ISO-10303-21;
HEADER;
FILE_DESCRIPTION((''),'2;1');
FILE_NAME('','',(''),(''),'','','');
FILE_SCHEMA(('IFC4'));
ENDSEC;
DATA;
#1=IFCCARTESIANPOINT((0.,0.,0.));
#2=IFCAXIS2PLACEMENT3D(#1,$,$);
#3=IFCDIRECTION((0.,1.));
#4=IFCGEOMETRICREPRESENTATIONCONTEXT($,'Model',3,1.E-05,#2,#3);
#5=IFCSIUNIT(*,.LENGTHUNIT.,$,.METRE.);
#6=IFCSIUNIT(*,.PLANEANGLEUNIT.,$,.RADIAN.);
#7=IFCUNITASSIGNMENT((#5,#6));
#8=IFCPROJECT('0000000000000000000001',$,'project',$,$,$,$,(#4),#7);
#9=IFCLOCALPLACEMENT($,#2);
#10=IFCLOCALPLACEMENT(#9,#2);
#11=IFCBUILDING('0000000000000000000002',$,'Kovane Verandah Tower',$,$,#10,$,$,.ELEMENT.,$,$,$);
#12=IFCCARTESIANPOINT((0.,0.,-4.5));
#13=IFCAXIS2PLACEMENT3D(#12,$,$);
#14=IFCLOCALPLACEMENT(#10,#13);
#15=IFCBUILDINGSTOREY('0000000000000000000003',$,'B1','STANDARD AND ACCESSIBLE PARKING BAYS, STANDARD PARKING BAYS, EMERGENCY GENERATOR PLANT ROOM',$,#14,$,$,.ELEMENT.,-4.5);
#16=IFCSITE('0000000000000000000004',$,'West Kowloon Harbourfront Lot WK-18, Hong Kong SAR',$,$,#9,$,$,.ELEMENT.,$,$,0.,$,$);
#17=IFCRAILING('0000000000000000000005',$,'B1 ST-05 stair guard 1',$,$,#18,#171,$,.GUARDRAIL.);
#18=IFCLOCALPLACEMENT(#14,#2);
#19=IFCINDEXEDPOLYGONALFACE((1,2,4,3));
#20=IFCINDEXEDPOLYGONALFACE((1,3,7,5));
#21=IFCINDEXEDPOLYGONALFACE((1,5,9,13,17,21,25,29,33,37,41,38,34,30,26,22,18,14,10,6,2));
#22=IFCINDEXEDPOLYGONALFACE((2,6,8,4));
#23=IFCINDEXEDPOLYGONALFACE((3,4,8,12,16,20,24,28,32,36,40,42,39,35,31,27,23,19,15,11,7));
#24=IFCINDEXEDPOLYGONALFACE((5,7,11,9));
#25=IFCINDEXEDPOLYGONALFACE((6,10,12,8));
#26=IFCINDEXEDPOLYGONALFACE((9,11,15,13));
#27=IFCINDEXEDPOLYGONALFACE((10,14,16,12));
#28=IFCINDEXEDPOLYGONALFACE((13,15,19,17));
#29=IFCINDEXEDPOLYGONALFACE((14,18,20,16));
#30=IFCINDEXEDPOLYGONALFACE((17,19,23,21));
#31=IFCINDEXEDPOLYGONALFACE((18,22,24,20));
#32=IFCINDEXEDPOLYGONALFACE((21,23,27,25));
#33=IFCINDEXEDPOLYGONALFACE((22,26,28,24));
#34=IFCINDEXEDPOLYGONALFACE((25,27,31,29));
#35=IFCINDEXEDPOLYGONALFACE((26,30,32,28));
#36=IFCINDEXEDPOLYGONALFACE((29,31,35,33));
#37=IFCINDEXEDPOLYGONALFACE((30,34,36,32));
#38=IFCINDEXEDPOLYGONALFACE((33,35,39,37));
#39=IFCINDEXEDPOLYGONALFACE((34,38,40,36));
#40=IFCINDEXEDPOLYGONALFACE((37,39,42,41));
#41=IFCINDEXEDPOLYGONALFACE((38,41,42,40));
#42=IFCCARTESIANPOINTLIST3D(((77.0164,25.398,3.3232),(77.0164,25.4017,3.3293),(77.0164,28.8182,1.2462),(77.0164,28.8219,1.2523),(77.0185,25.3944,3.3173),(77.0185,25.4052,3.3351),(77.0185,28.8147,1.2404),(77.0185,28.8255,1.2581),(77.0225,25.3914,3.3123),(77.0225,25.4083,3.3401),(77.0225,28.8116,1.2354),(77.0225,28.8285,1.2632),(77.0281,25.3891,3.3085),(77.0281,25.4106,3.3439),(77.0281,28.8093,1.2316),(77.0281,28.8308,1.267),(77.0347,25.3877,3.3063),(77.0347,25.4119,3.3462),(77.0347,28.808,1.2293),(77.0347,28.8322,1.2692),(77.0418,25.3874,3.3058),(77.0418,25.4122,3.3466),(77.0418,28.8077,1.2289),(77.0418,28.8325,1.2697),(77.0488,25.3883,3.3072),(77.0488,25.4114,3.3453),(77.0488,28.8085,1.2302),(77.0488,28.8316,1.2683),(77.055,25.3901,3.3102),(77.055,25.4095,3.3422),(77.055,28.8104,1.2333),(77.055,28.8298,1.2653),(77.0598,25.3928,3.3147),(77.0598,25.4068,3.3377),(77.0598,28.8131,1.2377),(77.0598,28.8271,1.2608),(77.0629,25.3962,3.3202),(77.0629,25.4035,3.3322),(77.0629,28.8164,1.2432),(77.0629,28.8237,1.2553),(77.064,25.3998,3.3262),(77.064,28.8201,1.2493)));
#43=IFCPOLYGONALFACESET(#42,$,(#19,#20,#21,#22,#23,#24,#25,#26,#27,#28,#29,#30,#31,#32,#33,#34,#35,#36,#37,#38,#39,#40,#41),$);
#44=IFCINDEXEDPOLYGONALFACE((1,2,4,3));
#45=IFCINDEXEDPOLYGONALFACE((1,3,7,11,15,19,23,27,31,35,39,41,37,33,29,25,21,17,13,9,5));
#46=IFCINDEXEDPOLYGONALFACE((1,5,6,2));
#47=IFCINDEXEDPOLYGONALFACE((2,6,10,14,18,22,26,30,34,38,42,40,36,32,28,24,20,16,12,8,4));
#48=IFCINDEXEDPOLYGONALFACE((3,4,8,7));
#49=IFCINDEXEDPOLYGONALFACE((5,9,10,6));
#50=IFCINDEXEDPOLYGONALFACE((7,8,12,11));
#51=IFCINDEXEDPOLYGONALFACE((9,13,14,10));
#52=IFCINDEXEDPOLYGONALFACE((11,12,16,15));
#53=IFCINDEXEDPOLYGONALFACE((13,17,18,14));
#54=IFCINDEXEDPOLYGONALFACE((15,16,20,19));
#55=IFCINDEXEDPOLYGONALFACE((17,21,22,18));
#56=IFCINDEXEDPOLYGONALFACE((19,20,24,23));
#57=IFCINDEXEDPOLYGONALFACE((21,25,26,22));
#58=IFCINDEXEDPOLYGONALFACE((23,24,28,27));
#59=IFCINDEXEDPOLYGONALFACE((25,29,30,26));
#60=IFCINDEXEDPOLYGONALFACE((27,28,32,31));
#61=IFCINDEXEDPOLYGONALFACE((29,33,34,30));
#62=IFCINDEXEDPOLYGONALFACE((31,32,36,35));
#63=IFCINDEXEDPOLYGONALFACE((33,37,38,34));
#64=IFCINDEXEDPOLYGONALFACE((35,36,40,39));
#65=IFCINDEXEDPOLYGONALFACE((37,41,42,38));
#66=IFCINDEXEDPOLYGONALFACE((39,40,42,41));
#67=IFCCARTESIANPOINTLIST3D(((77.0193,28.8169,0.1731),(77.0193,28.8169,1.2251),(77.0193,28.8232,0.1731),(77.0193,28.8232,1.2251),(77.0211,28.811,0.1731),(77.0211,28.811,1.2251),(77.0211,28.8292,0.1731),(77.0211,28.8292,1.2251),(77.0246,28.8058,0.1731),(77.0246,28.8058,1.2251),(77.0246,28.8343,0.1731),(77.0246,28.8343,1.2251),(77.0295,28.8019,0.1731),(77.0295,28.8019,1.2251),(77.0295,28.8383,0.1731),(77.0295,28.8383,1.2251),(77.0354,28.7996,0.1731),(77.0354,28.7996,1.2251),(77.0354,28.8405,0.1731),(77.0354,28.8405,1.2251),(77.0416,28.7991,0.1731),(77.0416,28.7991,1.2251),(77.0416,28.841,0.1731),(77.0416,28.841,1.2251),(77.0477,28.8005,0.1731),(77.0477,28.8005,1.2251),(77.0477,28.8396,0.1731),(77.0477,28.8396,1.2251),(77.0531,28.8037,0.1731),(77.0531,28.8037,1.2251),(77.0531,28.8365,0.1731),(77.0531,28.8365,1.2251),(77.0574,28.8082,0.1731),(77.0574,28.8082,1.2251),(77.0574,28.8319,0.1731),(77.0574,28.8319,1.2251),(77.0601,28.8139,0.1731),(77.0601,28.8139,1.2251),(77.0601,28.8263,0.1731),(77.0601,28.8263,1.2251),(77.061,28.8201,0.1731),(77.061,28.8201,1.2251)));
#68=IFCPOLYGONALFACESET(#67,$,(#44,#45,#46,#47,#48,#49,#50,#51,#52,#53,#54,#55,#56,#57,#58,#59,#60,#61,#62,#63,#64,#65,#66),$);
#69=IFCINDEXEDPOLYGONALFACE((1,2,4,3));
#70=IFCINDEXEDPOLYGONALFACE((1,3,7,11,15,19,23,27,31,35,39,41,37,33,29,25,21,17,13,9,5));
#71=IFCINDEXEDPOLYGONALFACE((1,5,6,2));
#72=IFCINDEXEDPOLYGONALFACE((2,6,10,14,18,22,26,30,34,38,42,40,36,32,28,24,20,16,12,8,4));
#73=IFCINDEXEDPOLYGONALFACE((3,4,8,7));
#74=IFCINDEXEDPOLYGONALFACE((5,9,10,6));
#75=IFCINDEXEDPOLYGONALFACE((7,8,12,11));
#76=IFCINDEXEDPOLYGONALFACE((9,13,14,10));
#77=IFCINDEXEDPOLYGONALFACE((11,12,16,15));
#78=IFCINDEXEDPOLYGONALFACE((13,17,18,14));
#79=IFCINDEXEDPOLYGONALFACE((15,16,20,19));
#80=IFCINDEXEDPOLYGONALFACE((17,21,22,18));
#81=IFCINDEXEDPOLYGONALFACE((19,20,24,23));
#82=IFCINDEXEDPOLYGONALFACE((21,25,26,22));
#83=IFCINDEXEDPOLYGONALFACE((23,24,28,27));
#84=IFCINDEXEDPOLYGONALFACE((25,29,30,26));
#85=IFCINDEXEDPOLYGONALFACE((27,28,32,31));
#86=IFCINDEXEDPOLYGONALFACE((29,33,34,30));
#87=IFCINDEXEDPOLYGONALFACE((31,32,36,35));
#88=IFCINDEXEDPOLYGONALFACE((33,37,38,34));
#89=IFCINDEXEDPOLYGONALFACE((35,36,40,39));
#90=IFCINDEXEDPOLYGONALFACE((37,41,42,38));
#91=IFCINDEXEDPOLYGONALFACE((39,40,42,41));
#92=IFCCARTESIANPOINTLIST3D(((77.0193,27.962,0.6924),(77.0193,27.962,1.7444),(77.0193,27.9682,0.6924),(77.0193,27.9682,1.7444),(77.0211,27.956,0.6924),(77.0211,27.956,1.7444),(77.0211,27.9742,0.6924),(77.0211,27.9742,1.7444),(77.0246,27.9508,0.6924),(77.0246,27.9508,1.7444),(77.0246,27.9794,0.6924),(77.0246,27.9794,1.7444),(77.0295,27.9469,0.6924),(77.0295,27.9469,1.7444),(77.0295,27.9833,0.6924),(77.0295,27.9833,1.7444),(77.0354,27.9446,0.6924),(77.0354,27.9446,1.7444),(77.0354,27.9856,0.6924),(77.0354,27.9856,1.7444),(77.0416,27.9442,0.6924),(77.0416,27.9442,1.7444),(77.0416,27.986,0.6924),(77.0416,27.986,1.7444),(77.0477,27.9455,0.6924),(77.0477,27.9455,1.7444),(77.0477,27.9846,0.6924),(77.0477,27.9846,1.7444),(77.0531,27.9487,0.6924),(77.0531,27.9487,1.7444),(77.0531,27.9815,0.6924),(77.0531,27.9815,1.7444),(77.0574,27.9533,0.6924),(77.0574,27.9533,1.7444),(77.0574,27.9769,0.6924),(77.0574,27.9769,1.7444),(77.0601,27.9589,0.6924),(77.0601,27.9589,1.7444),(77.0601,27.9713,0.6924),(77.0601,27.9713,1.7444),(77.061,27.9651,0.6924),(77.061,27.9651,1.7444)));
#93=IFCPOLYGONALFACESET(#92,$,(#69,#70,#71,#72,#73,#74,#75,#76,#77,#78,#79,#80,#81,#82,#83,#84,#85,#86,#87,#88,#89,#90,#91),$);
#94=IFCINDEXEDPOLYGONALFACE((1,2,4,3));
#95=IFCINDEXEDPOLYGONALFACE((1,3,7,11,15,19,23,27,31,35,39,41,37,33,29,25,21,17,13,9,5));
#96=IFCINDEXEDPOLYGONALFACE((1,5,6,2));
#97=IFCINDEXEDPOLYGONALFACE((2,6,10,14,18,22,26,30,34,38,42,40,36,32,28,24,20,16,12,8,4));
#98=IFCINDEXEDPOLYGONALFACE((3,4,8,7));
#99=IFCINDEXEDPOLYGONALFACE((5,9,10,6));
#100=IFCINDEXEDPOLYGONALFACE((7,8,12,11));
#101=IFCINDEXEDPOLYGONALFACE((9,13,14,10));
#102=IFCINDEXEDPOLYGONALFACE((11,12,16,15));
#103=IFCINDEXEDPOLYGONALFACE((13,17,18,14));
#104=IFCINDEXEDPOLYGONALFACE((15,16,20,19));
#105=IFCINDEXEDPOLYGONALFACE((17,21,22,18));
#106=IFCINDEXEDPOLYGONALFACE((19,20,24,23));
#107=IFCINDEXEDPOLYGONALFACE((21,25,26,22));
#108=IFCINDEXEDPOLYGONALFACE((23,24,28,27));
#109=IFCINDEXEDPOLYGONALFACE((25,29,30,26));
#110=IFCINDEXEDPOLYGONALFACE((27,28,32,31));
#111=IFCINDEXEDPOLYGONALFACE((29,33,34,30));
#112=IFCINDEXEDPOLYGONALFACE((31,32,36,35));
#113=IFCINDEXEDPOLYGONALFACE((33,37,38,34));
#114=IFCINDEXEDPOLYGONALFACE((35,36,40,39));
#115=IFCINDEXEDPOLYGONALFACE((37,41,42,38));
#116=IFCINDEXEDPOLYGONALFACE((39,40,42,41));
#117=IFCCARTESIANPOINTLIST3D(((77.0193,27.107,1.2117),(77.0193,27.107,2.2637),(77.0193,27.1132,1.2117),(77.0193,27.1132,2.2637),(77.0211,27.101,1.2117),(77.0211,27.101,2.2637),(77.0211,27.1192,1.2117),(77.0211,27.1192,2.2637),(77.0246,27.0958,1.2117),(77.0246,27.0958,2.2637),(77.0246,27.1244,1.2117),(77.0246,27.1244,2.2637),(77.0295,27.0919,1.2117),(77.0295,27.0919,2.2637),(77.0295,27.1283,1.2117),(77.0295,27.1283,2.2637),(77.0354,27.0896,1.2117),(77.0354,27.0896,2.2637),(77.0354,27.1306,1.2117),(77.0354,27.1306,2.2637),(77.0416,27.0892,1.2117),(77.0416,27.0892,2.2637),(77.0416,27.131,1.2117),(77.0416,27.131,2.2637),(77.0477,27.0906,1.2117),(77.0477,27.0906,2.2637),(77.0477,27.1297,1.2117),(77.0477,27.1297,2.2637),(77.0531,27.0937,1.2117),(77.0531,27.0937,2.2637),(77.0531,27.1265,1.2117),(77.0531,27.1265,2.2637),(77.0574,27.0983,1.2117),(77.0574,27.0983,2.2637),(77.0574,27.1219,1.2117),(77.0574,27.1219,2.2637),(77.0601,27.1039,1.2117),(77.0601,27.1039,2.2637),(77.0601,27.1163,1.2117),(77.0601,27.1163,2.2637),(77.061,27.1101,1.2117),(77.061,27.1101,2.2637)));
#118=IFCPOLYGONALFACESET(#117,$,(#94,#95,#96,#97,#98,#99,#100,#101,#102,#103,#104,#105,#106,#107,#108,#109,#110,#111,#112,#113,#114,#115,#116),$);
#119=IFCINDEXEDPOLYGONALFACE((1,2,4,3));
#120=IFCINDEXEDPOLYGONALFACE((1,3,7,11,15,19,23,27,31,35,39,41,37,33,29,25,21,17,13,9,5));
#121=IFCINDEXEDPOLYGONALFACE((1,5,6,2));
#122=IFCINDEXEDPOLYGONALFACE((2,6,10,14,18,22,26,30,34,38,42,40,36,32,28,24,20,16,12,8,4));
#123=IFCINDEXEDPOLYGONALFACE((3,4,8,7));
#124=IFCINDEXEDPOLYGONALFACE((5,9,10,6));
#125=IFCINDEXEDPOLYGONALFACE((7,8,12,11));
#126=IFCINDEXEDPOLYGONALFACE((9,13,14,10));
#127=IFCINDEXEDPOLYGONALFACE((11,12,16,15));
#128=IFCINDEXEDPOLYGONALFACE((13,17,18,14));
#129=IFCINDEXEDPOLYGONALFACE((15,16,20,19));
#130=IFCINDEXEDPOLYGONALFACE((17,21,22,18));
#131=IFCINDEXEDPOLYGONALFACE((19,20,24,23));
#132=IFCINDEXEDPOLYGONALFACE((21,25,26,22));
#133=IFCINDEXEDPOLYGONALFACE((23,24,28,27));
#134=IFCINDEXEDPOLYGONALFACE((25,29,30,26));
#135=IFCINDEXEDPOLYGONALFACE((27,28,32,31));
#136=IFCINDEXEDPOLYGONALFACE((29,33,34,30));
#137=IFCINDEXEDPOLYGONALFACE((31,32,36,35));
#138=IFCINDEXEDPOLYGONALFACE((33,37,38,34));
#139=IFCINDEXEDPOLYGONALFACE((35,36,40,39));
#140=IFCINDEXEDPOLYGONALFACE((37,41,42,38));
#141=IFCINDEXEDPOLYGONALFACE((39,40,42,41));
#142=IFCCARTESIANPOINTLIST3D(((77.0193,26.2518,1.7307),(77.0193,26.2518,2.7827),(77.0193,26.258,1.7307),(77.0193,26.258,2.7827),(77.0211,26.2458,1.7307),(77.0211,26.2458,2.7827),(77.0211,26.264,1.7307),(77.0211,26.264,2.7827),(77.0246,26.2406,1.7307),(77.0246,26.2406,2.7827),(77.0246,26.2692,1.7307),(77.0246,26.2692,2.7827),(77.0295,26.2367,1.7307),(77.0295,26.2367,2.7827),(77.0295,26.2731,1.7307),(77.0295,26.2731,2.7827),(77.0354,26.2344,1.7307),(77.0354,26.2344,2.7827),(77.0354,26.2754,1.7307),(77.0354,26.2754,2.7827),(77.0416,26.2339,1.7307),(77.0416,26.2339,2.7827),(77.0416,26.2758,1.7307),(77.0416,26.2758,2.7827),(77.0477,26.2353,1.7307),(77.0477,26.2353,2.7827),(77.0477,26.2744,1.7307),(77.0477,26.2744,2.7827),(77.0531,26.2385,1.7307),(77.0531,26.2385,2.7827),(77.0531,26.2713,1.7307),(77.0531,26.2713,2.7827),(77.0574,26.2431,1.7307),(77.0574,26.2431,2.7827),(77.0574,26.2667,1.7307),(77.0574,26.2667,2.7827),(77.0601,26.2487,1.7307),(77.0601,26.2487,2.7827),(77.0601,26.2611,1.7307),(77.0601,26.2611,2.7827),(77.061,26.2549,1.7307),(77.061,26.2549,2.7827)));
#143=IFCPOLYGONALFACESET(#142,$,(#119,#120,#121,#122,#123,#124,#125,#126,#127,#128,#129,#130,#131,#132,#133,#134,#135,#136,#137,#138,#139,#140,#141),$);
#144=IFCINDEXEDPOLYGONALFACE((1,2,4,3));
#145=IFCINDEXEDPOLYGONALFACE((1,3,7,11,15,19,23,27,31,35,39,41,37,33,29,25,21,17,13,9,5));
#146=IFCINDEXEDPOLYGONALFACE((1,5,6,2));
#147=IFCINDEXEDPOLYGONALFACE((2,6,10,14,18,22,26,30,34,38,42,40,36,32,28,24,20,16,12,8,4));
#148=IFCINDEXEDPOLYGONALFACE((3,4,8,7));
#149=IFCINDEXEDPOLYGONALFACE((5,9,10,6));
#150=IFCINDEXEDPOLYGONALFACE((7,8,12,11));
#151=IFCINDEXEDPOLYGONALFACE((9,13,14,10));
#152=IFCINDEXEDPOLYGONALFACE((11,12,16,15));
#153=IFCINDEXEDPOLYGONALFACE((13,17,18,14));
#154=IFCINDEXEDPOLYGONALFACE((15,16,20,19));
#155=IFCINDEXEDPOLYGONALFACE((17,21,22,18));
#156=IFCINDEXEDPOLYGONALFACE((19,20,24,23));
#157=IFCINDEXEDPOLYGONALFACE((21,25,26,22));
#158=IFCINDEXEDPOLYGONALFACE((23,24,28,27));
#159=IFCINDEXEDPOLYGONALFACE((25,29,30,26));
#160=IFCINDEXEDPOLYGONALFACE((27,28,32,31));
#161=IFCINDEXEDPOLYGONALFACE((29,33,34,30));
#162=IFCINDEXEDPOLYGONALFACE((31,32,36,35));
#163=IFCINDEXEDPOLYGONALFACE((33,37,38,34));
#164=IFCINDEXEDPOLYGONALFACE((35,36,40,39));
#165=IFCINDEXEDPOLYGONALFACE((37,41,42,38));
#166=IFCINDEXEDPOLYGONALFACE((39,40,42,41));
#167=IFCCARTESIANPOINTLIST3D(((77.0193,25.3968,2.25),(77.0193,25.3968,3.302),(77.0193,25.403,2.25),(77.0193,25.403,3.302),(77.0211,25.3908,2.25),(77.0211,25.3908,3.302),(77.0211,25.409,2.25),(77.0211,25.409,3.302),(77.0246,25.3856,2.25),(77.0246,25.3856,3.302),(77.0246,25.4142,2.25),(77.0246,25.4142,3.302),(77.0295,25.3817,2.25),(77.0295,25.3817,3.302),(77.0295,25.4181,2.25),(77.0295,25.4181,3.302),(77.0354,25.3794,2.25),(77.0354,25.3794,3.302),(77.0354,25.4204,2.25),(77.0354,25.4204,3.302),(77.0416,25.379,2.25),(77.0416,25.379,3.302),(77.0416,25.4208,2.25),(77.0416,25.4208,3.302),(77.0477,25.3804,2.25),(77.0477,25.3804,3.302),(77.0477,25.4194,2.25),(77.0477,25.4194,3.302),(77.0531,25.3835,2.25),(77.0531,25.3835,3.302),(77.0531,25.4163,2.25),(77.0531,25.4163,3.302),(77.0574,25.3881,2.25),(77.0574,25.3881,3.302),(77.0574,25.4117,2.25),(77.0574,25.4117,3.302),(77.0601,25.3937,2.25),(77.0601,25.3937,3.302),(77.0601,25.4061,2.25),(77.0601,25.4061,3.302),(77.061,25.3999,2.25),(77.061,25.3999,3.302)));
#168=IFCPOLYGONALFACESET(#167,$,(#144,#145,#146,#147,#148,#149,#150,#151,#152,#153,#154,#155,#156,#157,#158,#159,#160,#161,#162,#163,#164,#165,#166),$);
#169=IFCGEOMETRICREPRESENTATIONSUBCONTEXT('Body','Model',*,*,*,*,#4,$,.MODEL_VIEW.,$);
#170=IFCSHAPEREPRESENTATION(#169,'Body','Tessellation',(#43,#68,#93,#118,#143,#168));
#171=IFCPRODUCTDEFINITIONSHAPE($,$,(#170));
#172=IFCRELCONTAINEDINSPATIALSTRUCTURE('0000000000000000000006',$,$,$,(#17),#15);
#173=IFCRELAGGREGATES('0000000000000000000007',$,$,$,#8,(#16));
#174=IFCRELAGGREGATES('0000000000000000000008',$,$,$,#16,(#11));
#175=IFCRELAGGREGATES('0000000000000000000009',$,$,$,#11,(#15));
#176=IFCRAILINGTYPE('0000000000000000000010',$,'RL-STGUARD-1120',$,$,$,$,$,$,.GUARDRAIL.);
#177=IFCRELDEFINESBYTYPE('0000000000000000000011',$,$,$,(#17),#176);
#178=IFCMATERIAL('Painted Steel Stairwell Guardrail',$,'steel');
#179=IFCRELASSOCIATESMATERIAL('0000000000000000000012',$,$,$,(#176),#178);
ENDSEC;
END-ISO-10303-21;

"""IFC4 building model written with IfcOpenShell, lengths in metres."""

from ifc_helpers import new_model, si_unit, direction, frame, origin, origin_2d, place, context, subcontext, project, spatial, circle, extrude, material, type_object, element, save


model = new_model("IFC4")

# Units and contexts
model_context = context("Model", 3, precision=1e-05, world=origin(), true_north=direction((0.0, 1.0)))
body_context = subcontext(model_context, "Body", "Model", "MODEL_VIEW")
ifc_project = project(units=[si_unit("LENGTHUNIT", "METRE"), si_unit("PLANEANGLEUNIT", "RADIAN")], contexts=[model_context])

# Site, building, storey
site_placement = place(None, origin())
site = spatial("IfcSite", under=ifc_project, at=site_placement, Name="West Kowloon Harbourfront Lot WK-18, Hong Kong SAR", CompositionType="ELEMENT", RefElevation=0.0)
building_placement = place(site_placement, origin())
building = spatial("IfcBuilding", under=site, at=building_placement, Name="Kovane Verandah Tower", CompositionType="ELEMENT")
storey_placement = place(building_placement, frame((0.0, 0.0, -4.5)))
storey = spatial("IfcBuildingStorey", under=building, at=storey_placement, Name="B1", Description="STANDARD AND ACCESSIBLE PARKING BAYS, STANDARD PARKING BAYS, EMERGENCY GENERATOR PLANT ROOM", CompositionType="ELEMENT", Elevation=-4.5)

# Railing
ifc_material_1 = material(Name="Painted Steel Stairwell Guardrail", Category="steel")
railing_type_1 = type_object("IfcRailingType", Name="RL-STGUARD-1120", PredefinedType="GUARDRAIL", material=ifc_material_1)
railing_1_placement = place(storey_placement, frame((77.04, 28.8201, 0.1731)))
element("IfcRailing", 1, at=railing_1_placement, inside=storey, type_object=railing_type_1, Name="B1 ST-05 stair guard 1", PredefinedType="GUARDRAIL", context=body_context, shape_type="SweptSolid", body=[
    extrude(circle(Radius=0.0239, at=origin_2d()), frame((0.0, 0.0, 1.0762), z_axis=(0.0, -0.854746, 0.519047), x_axis=(1.0, 0.0, 0.0)), (0.0, 0.0, 1.0), 4.0015),
    extrude(circle(Radius=0.021, at=origin_2d()), origin(), (0.0, 0.0, 1.0), 1.052),
    extrude(circle(Radius=0.021, at=origin_2d()), frame((0.0, -0.855, 0.5193)), (0.0, 0.0, 1.0), 1.052),
    extrude(circle(Radius=0.021, at=origin_2d()), frame((0.0, -1.71, 1.0386)), (0.0, 0.0, 1.0), 1.052),
    extrude(circle(Radius=0.021, at=origin_2d()), frame((0.0, -2.5652, 1.5576)), (0.0, 0.0, 1.0), 1.052),
    extrude(circle(Radius=0.021, at=origin_2d()), frame((0.0, -3.4202, 2.0769)), (0.0, 0.0, 1.0), 1.052),
])

save(model, "model.ifc")
